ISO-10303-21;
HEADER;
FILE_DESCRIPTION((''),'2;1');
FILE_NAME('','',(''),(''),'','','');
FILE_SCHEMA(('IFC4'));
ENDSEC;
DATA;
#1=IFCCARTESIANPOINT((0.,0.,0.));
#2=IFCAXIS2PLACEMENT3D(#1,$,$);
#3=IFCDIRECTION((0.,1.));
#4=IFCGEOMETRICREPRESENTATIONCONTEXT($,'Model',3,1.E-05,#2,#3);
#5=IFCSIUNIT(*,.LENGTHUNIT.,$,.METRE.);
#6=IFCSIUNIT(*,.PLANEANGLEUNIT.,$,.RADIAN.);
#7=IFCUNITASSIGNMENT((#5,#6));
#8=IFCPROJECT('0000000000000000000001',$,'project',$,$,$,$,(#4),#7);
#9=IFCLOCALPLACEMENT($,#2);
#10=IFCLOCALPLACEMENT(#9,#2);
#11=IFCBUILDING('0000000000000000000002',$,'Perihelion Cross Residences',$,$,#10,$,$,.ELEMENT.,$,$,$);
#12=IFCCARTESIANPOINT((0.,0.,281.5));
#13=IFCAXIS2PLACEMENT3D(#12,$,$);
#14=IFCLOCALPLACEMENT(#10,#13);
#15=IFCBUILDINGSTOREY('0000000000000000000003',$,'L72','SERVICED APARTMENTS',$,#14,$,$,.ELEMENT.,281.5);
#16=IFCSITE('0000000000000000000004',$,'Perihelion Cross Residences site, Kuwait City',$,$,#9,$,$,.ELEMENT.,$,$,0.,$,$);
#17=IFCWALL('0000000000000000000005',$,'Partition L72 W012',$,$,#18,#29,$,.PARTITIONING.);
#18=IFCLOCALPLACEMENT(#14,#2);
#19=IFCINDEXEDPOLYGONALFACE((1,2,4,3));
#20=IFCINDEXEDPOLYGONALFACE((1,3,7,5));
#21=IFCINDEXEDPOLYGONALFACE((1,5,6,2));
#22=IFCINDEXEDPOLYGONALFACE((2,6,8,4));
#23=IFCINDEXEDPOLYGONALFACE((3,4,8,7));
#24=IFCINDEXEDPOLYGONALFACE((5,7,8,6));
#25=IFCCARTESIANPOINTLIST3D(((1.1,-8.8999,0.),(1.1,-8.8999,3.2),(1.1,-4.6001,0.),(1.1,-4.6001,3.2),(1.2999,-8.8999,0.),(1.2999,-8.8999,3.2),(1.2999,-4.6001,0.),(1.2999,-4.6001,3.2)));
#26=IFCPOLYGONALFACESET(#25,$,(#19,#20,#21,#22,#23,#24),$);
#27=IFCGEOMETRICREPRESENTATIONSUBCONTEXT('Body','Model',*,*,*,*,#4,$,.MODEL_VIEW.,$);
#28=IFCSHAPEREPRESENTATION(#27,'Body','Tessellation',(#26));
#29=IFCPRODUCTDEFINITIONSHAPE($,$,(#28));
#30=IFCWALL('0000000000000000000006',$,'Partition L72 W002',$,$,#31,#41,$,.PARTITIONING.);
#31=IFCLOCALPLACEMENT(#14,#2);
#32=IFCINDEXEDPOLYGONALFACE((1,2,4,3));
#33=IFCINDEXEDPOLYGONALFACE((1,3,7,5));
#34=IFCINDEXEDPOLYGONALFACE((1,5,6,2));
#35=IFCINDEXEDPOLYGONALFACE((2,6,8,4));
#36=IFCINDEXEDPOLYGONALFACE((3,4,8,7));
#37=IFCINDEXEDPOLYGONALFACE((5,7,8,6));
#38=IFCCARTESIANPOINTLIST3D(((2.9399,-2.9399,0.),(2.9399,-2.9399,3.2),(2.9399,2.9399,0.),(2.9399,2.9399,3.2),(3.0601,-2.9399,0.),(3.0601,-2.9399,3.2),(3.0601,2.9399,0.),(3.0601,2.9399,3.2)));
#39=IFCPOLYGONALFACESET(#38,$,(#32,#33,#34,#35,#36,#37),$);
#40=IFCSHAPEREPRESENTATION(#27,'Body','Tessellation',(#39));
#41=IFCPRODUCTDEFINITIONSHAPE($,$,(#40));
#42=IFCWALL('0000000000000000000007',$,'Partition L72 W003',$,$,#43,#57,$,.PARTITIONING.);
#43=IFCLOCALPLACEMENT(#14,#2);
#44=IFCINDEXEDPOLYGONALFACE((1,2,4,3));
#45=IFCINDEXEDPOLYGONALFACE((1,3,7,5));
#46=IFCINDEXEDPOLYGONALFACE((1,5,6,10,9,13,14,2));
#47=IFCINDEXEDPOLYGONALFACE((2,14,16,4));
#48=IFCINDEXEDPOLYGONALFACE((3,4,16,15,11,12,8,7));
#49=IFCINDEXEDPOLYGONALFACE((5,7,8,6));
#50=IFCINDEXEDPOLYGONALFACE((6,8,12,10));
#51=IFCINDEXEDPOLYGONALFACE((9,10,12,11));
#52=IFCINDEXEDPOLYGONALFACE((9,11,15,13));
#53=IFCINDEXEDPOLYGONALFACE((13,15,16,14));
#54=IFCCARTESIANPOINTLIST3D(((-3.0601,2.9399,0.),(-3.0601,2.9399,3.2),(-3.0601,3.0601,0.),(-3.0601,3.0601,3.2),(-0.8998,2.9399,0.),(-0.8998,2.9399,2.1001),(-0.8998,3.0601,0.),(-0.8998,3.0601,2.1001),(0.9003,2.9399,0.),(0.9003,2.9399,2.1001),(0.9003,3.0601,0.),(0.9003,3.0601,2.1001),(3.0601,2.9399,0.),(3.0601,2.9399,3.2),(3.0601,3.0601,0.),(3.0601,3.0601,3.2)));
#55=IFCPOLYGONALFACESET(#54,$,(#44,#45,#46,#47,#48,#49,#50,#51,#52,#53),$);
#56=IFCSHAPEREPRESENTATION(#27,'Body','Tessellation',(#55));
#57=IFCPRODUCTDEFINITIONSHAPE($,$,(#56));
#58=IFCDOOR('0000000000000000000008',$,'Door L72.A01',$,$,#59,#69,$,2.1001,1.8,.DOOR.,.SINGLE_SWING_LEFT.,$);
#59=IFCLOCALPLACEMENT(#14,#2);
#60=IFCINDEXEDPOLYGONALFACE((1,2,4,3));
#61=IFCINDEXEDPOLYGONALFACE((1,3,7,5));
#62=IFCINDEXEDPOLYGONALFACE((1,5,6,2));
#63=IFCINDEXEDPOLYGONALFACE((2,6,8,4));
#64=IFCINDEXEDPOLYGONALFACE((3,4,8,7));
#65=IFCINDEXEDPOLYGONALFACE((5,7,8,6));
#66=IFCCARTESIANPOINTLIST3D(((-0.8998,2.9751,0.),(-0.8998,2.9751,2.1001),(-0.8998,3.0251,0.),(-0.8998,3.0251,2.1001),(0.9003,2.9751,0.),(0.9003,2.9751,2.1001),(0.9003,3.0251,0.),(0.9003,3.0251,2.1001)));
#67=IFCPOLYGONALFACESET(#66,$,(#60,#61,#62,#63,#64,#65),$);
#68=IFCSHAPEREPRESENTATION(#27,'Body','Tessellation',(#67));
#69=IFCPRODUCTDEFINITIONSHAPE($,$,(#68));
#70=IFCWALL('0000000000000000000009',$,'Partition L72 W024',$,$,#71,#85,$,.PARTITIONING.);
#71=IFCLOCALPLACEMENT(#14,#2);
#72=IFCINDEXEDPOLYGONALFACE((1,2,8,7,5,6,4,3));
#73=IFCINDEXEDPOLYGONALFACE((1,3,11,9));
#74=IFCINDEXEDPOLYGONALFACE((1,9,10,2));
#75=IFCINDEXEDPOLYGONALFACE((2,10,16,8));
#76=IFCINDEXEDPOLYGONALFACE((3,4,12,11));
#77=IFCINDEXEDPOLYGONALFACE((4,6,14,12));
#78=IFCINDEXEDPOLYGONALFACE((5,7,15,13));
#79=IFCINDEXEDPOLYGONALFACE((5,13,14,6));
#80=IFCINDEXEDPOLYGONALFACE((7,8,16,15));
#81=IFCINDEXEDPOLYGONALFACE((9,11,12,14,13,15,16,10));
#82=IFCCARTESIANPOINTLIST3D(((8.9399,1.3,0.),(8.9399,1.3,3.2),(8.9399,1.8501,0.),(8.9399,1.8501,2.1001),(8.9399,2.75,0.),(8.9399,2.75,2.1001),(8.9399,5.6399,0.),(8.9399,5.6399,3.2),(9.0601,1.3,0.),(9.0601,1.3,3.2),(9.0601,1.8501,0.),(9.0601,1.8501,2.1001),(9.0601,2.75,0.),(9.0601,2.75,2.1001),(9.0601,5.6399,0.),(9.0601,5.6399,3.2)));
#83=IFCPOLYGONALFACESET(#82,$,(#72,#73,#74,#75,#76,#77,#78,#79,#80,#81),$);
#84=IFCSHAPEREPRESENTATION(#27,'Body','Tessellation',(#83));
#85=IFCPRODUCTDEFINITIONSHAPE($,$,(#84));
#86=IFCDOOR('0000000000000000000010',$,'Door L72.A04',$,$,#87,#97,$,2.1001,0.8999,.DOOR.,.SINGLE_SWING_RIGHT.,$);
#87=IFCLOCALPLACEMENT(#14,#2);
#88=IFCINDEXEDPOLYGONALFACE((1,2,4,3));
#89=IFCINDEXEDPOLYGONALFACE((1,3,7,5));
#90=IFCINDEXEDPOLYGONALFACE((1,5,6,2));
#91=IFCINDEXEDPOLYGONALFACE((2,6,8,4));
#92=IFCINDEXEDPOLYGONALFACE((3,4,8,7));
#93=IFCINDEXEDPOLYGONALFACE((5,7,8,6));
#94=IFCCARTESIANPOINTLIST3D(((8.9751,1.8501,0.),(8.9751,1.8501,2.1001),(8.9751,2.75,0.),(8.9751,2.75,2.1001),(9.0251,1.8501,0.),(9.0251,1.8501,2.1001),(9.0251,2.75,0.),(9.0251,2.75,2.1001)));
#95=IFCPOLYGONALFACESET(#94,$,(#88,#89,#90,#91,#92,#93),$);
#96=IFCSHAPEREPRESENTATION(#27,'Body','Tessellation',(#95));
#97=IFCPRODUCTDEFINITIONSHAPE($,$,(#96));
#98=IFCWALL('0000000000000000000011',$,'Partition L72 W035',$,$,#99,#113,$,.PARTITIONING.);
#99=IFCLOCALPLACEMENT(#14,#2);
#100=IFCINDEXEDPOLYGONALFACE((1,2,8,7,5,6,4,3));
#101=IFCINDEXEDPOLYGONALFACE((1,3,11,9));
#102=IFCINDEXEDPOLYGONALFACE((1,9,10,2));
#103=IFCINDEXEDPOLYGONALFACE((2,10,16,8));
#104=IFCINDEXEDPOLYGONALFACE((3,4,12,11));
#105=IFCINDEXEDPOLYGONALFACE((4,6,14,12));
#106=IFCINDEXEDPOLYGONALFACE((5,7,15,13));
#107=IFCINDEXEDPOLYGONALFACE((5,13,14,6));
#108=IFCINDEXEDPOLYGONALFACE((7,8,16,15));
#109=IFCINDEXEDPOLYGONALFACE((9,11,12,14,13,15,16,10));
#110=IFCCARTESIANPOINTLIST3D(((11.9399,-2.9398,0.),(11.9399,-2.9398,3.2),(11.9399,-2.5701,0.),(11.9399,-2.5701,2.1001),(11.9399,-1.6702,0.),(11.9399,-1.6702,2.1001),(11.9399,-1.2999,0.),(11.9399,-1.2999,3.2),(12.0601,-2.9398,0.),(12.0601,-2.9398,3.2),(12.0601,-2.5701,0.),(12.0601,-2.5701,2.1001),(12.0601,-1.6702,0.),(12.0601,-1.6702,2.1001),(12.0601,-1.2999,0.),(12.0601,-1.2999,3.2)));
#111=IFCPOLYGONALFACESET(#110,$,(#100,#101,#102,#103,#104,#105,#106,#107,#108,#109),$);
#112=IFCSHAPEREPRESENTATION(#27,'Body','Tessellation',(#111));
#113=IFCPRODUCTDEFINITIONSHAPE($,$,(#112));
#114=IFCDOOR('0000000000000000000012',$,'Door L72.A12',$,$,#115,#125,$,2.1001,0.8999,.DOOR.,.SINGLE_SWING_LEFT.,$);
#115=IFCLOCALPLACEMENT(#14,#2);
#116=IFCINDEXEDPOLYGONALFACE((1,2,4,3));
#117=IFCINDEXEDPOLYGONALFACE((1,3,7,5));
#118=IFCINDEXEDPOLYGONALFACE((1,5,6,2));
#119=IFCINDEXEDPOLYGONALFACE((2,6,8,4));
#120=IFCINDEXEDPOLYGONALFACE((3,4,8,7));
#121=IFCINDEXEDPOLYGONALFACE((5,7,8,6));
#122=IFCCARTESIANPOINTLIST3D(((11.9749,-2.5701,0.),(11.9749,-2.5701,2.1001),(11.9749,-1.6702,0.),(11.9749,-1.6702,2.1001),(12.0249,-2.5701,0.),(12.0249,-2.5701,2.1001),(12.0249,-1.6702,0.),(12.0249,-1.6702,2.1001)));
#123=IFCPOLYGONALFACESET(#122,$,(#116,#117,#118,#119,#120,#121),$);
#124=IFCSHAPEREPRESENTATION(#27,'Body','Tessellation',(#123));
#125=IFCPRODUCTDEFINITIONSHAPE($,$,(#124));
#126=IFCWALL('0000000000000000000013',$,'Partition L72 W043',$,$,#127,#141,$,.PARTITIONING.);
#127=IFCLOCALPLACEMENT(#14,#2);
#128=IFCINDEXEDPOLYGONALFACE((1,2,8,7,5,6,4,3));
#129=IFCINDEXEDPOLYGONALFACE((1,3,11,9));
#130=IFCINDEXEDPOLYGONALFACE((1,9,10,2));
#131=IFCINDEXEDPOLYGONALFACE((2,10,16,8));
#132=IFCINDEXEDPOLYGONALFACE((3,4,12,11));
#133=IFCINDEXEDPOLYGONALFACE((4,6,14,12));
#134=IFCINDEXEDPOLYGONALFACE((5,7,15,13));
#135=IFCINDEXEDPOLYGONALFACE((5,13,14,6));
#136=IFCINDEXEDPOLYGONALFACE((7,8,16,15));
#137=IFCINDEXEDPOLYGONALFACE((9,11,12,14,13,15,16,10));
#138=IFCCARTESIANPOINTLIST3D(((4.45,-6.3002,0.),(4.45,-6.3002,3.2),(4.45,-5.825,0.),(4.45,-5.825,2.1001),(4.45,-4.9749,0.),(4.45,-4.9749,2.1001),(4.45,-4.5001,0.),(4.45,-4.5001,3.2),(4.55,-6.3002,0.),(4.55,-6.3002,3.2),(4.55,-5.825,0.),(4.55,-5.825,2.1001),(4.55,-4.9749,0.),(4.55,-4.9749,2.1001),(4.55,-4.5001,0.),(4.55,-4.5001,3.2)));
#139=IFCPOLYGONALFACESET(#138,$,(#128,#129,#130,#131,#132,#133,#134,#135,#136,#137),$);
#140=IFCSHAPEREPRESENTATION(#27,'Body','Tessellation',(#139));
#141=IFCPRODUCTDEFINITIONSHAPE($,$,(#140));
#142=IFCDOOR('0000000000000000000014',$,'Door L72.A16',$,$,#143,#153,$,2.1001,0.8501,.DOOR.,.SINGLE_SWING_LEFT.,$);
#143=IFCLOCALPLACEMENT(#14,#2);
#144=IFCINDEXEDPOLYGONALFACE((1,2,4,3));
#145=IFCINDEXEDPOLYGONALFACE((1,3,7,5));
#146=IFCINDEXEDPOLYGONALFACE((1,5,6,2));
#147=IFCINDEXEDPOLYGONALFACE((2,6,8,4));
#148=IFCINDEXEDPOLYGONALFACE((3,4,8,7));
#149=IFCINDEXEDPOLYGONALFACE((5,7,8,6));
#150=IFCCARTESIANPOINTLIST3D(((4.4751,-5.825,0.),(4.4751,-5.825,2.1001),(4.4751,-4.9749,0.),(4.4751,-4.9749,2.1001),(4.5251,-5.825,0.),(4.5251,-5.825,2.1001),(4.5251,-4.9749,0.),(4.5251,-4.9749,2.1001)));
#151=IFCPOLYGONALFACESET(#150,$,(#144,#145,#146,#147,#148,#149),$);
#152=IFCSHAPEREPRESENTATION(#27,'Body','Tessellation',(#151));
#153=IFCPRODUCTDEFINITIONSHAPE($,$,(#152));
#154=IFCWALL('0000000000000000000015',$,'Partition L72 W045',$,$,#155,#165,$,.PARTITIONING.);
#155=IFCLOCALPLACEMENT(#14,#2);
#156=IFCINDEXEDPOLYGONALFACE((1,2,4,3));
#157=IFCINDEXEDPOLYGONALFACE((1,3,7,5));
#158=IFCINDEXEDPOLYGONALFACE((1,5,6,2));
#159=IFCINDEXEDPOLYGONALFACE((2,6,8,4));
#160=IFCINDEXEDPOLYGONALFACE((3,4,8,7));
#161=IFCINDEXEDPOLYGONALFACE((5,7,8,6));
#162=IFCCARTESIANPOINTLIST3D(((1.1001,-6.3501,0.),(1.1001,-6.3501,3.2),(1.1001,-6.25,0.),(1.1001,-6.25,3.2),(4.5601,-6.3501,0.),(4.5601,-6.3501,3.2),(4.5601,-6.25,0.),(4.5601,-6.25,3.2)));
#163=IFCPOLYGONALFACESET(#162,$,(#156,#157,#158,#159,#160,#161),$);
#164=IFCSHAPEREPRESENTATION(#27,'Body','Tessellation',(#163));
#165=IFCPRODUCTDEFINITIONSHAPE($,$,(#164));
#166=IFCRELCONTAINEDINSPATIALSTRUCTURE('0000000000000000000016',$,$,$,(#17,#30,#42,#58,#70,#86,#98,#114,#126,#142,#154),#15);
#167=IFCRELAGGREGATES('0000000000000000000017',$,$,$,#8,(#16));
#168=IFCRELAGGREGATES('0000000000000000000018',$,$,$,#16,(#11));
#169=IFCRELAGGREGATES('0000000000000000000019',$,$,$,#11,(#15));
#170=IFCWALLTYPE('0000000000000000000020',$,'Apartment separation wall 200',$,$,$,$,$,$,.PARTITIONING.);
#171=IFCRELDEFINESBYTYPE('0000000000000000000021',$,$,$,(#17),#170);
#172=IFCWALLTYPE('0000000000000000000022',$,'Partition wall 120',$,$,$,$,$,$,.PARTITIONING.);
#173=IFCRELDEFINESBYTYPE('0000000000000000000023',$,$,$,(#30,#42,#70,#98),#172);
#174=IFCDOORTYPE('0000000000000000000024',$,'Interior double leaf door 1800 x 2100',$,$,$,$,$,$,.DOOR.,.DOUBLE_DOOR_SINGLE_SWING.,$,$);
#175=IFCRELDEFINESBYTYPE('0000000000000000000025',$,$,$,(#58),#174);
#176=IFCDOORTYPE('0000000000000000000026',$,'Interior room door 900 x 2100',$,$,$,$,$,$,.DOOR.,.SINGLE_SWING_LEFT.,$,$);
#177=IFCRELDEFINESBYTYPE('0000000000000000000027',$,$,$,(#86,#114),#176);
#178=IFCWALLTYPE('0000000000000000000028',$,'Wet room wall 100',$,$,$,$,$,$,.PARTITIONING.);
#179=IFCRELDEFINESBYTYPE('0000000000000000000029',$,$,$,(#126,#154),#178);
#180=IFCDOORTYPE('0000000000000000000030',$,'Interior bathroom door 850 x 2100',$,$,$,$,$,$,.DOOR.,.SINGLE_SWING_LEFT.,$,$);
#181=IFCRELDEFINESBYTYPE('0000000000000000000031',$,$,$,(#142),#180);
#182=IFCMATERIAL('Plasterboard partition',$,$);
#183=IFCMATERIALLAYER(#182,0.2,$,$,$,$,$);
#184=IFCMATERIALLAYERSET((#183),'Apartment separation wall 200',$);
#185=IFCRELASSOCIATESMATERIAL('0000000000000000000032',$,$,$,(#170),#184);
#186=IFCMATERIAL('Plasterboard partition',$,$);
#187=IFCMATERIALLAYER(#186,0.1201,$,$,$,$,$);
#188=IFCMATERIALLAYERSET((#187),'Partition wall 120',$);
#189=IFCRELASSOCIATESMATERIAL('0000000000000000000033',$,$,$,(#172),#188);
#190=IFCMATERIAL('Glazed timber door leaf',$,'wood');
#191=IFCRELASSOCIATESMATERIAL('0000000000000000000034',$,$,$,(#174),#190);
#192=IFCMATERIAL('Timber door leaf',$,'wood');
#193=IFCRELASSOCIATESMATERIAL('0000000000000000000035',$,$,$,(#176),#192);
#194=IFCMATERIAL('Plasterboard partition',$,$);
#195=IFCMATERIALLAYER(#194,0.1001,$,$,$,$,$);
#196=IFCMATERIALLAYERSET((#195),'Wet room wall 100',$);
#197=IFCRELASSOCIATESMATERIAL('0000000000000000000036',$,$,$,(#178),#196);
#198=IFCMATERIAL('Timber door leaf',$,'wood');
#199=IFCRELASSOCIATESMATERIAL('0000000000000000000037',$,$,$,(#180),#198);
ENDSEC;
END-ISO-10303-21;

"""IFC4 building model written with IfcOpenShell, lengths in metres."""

from ifc_helpers import new_model, si_unit, direction, frame, frame_2d, origin, place, context, subcontext, project, spatial, rectangle, extrude, material, layer, layer_set, type_object, element, fill, save


model = new_model("IFC4")

# Units and contexts
model_context = context("Model", 3, precision=1e-05, world=origin(), true_north=direction((0.0, 1.0)))
body_context = subcontext(model_context, "Body", "Model", "MODEL_VIEW")
ifc_project = project(units=[si_unit("LENGTHUNIT", "METRE"), si_unit("PLANEANGLEUNIT", "RADIAN")], contexts=[model_context])

# Site, building, storey
site_placement = place(None, origin())
site = spatial("IfcSite", under=ifc_project, at=site_placement, Name="Perihelion Cross Residences site, Kuwait City", CompositionType="ELEMENT", RefElevation=0.0)
building_placement = place(site_placement, origin())
building = spatial("IfcBuilding", under=site, at=building_placement, Name="Perihelion Cross Residences", CompositionType="ELEMENT")
storey_placement = place(building_placement, frame((0.0, 0.0, 281.5)))
storey = spatial("IfcBuildingStorey", under=building, at=storey_placement, Name="L72", Description="SERVICED APARTMENTS", CompositionType="ELEMENT", Elevation=281.5)

# Shared definitions
ifc_material_1 = material(Name="Plasterboard partition")
ifc_layer_1 = layer(ifc_material_1, 0.2)
ifc_layer_set_1 = layer_set([ifc_layer_1], Name="Apartment separation wall 200")
wall_type_1 = type_object("IfcWallType", Name="Apartment separation wall 200", PredefinedType="PARTITIONING", material=ifc_layer_set_1)

# Walls
wall_1_placement = place(storey_placement, frame((1.2, -4.6001, 0.0), z_axis=(0.0, 0.0, 1.0), x_axis=(0.0, -1.0, 0.0)))
element("IfcWall", 1, at=wall_1_placement, inside=storey, type_object=wall_type_1, Name="Partition L72 W012", PredefinedType="PARTITIONING", context=body_context, shape_type="SweptSolid", body=[
    extrude(rectangle(XDim=4.2998, YDim=0.2, at=frame_2d((2.1499, 0.0))), origin(), (0.0, 0.0, 1.0), 3.2),
])
ifc_material_2 = material(Name="Plasterboard partition")
ifc_layer_2 = layer(ifc_material_2, 0.1201)
ifc_layer_set_2 = layer_set([ifc_layer_2], Name="Partition wall 120")
wall_type_2 = type_object("IfcWallType", Name="Partition wall 120", PredefinedType="PARTITIONING", material=ifc_layer_set_2)
wall_2_placement = place(storey_placement, frame((3.0, -2.9399, 0.0), z_axis=(0.0, 0.0, 1.0), x_axis=(0.0, 1.0, 0.0)))
element("IfcWall", 2, at=wall_2_placement, inside=storey, type_object=wall_type_2, Name="Partition L72 W002", PredefinedType="PARTITIONING", context=body_context, shape_type="SweptSolid", body=[
    extrude(rectangle(XDim=5.8799, YDim=0.1201, at=frame_2d((2.9399, 0.0))), origin(), (0.0, 0.0, 1.0), 3.2),
])

# Walls, openings, doors
wall_3_placement = place(storey_placement, frame((3.0601, 3.0, 0.0), z_axis=(0.0, 0.0, 1.0), x_axis=(-1.0, 0.0, 0.0)))
wall_3 = element("IfcWall", 3, at=wall_3_placement, inside=storey, type_object=wall_type_2, Name="Partition L72 W003", PredefinedType="PARTITIONING", context=body_context, shape_type="SweptSolid", body=[
    extrude(rectangle(XDim=6.1201, YDim=0.1201, at=frame_2d((3.0601, 0.0))), origin(), (0.0, 0.0, 1.0), 3.2),
])
opening_1_placement = place(wall_3_placement, frame((2.1599, 0.0, 0.0)))
opening_1 = element("IfcOpeningElement", 4, at=opening_1_placement, cuts=wall_3, PredefinedType="OPENING", context=body_context, shape_type="SweptSolid", body=[
    extrude(rectangle(XDim=1.8, YDim=2.1001, at=frame_2d((0.8999, 1.05))), frame((0.0, 0.0701, 0.0), z_axis=(0.0, -1.0, 0.0), x_axis=(1.0, 0.0, 0.0)), (0.0, 0.0, 1.0), 0.1401),
])
ifc_material_3 = material(Name="Glazed timber door leaf", Category="wood")
door_type_1 = type_object("IfcDoorType", Name="Interior double leaf door 1800 x 2100", OperationType="DOUBLE_DOOR_SINGLE_SWING", PredefinedType="DOOR", material=ifc_material_3)
door_1_placement = place(opening_1_placement, origin())
door_1 = element("IfcDoor", 5, at=door_1_placement, inside=storey, type_object=door_type_1, Name="Door L72.A01", OperationType="SINGLE_SWING_LEFT", OverallHeight=2.1001, OverallWidth=1.8, PredefinedType="DOOR", context=body_context, shape_type="SweptSolid", body=[
    extrude(rectangle(XDim=1.8, YDim=2.1001, at=frame_2d((0.8999, 1.05))), frame((0.0, 0.0249, 0.0), z_axis=(0.0, -1.0, 0.0), x_axis=(1.0, 0.0, 0.0)), (0.0, 0.0, 1.0), 0.05),
])
fill(opening_1, door_1)
wall_4_placement = place(storey_placement, frame((9.0, 1.3, 0.0), z_axis=(0.0, 0.0, 1.0), x_axis=(0.0, 1.0, 0.0)))
wall_4 = element("IfcWall", 6, at=wall_4_placement, inside=storey, type_object=wall_type_2, Name="Partition L72 W024", PredefinedType="PARTITIONING", context=body_context, shape_type="SweptSolid", body=[
    extrude(rectangle(XDim=4.3398, YDim=0.1201, at=frame_2d((2.1699, 0.0))), origin(), (0.0, 0.0, 1.0), 3.2),
])
opening_2_placement = place(wall_4_placement, frame((0.55, 0.0, 0.0)))
opening_2 = element("IfcOpeningElement", 7, at=opening_2_placement, cuts=wall_4, PredefinedType="OPENING", context=body_context, shape_type="SweptSolid", body=[
    extrude(rectangle(XDim=0.8999, YDim=2.1001, at=frame_2d((0.45, 1.05))), frame((0.0, 0.0701, 0.0), z_axis=(0.0, -1.0, 0.0), x_axis=(1.0, 0.0, 0.0)), (0.0, 0.0, 1.0), 0.1401),
])
ifc_material_4 = material(Name="Timber door leaf", Category="wood")
door_type_2 = type_object("IfcDoorType", Name="Interior room door 900 x 2100", OperationType="SINGLE_SWING_LEFT", PredefinedType="DOOR", material=ifc_material_4)
door_2_placement = place(opening_2_placement, origin())
door_2 = element("IfcDoor", 8, at=door_2_placement, inside=storey, type_object=door_type_2, Name="Door L72.A04", OperationType="SINGLE_SWING_RIGHT", OverallHeight=2.1001, OverallWidth=0.8999, PredefinedType="DOOR", context=body_context, shape_type="SweptSolid", body=[
    extrude(rectangle(XDim=0.8999, YDim=2.1001, at=frame_2d((0.45, 1.05))), frame((0.0, 0.0249, 0.0), z_axis=(0.0, -1.0, 0.0), x_axis=(1.0, 0.0, 0.0)), (0.0, 0.0, 1.0), 0.05),
])
fill(opening_2, door_2)
wall_5_placement = place(storey_placement, frame((12.0, -1.3, 0.0), z_axis=(0.0, 0.0, 1.0), x_axis=(0.0, -1.0, 0.0)))
wall_5 = element("IfcWall", 9, at=wall_5_placement, inside=storey, type_object=wall_type_2, Name="Partition L72 W035", PredefinedType="PARTITIONING", context=body_context, shape_type="SweptSolid", body=[
    extrude(rectangle(XDim=1.6399, YDim=0.1201, at=frame_2d((0.8198, 0.0))), origin(), (0.0, 0.0, 1.0), 3.2),
])
opening_3_placement = place(wall_5_placement, frame((0.3701, 0.0, 0.0)))
opening_3 = element("IfcOpeningElement", 10, at=opening_3_placement, cuts=wall_5, PredefinedType="OPENING", context=body_context, shape_type="SweptSolid", body=[
    extrude(rectangle(XDim=0.8999, YDim=2.1001, at=frame_2d((0.45, 1.05))), frame((0.0, 0.0701, 0.0), z_axis=(0.0, -1.0, 0.0), x_axis=(1.0, 0.0, 0.0)), (0.0, 0.0, 1.0), 0.1401),
])
door_3_placement = place(opening_3_placement, origin())
door_3 = element("IfcDoor", 11, at=door_3_placement, inside=storey, type_object=door_type_2, Name="Door L72.A12", OperationType="SINGLE_SWING_LEFT", OverallHeight=2.1001, OverallWidth=0.8999, PredefinedType="DOOR", context=body_context, shape_type="SweptSolid", body=[
    extrude(rectangle(XDim=0.8999, YDim=2.1001, at=frame_2d((0.45, 1.05))), frame((0.0, 0.0249, 0.0), z_axis=(0.0, -1.0, 0.0), x_axis=(1.0, 0.0, 0.0)), (0.0, 0.0, 1.0), 0.05),
])
fill(opening_3, door_3)
ifc_material_5 = material(Name="Plasterboard partition")
ifc_layer_3 = layer(ifc_material_5, 0.1001)
ifc_layer_set_3 = layer_set([ifc_layer_3], Name="Wet room wall 100")
wall_type_3 = type_object("IfcWallType", Name="Wet room wall 100", PredefinedType="PARTITIONING", material=ifc_layer_set_3)
wall_6_placement = place(storey_placement, frame((4.5, -6.3, 0.0), z_axis=(0.0, 0.0, 1.0), x_axis=(0.0, 1.0, 0.0)))
wall_6 = element("IfcWall", 12, at=wall_6_placement, inside=storey, type_object=wall_type_3, Name="Partition L72 W043", PredefinedType="PARTITIONING", context=body_context, shape_type="SweptSolid", body=[
    extrude(rectangle(XDim=1.8, YDim=0.1001, at=frame_2d((0.8999, 0.0))), origin(), (0.0, 0.0, 1.0), 3.2),
])
opening_4_placement = place(wall_6_placement, frame((0.4751, 0.0, 0.0)))
opening_4 = element("IfcOpeningElement", 13, at=opening_4_placement, cuts=wall_6, PredefinedType="OPENING", context=body_context, shape_type="SweptSolid", body=[
    extrude(rectangle(XDim=0.8501, YDim=2.1001, at=frame_2d((0.425, 1.05))), frame((0.0, 0.0601, 0.0), z_axis=(0.0, -1.0, 0.0), x_axis=(1.0, 0.0, 0.0)), (0.0, 0.0, 1.0), 0.1201),
])
ifc_material_6 = material(Name="Timber door leaf", Category="wood")
door_type_3 = type_object("IfcDoorType", Name="Interior bathroom door 850 x 2100", OperationType="SINGLE_SWING_LEFT", PredefinedType="DOOR", material=ifc_material_6)
door_4_placement = place(opening_4_placement, origin())
door_4 = element("IfcDoor", 14, at=door_4_placement, inside=storey, type_object=door_type_3, Name="Door L72.A16", OperationType="SINGLE_SWING_LEFT", OverallHeight=2.1001, OverallWidth=0.8501, PredefinedType="DOOR", context=body_context, shape_type="SweptSolid", body=[
    extrude(rectangle(XDim=0.8501, YDim=2.1001, at=frame_2d((0.425, 1.05))), frame((0.0, 0.0249, 0.0), z_axis=(0.0, -1.0, 0.0), x_axis=(1.0, 0.0, 0.0)), (0.0, 0.0, 1.0), 0.05),
])
fill(opening_4, door_4)

# Wall
wall_7_placement = place(storey_placement, frame((4.5601, -6.3, 0.0), z_axis=(0.0, 0.0, 1.0), x_axis=(-1.0, 0.0, 0.0)))
element("IfcWall", 15, at=wall_7_placement, inside=storey, type_object=wall_type_3, Name="Partition L72 W045", PredefinedType="PARTITIONING", context=body_context, shape_type="SweptSolid", body=[
    extrude(rectangle(XDim=3.46, YDim=0.1001, at=frame_2d((1.73, 0.0))), origin(), (0.0, 0.0, 1.0), 3.2),
])

save(model, "model.ifc")
